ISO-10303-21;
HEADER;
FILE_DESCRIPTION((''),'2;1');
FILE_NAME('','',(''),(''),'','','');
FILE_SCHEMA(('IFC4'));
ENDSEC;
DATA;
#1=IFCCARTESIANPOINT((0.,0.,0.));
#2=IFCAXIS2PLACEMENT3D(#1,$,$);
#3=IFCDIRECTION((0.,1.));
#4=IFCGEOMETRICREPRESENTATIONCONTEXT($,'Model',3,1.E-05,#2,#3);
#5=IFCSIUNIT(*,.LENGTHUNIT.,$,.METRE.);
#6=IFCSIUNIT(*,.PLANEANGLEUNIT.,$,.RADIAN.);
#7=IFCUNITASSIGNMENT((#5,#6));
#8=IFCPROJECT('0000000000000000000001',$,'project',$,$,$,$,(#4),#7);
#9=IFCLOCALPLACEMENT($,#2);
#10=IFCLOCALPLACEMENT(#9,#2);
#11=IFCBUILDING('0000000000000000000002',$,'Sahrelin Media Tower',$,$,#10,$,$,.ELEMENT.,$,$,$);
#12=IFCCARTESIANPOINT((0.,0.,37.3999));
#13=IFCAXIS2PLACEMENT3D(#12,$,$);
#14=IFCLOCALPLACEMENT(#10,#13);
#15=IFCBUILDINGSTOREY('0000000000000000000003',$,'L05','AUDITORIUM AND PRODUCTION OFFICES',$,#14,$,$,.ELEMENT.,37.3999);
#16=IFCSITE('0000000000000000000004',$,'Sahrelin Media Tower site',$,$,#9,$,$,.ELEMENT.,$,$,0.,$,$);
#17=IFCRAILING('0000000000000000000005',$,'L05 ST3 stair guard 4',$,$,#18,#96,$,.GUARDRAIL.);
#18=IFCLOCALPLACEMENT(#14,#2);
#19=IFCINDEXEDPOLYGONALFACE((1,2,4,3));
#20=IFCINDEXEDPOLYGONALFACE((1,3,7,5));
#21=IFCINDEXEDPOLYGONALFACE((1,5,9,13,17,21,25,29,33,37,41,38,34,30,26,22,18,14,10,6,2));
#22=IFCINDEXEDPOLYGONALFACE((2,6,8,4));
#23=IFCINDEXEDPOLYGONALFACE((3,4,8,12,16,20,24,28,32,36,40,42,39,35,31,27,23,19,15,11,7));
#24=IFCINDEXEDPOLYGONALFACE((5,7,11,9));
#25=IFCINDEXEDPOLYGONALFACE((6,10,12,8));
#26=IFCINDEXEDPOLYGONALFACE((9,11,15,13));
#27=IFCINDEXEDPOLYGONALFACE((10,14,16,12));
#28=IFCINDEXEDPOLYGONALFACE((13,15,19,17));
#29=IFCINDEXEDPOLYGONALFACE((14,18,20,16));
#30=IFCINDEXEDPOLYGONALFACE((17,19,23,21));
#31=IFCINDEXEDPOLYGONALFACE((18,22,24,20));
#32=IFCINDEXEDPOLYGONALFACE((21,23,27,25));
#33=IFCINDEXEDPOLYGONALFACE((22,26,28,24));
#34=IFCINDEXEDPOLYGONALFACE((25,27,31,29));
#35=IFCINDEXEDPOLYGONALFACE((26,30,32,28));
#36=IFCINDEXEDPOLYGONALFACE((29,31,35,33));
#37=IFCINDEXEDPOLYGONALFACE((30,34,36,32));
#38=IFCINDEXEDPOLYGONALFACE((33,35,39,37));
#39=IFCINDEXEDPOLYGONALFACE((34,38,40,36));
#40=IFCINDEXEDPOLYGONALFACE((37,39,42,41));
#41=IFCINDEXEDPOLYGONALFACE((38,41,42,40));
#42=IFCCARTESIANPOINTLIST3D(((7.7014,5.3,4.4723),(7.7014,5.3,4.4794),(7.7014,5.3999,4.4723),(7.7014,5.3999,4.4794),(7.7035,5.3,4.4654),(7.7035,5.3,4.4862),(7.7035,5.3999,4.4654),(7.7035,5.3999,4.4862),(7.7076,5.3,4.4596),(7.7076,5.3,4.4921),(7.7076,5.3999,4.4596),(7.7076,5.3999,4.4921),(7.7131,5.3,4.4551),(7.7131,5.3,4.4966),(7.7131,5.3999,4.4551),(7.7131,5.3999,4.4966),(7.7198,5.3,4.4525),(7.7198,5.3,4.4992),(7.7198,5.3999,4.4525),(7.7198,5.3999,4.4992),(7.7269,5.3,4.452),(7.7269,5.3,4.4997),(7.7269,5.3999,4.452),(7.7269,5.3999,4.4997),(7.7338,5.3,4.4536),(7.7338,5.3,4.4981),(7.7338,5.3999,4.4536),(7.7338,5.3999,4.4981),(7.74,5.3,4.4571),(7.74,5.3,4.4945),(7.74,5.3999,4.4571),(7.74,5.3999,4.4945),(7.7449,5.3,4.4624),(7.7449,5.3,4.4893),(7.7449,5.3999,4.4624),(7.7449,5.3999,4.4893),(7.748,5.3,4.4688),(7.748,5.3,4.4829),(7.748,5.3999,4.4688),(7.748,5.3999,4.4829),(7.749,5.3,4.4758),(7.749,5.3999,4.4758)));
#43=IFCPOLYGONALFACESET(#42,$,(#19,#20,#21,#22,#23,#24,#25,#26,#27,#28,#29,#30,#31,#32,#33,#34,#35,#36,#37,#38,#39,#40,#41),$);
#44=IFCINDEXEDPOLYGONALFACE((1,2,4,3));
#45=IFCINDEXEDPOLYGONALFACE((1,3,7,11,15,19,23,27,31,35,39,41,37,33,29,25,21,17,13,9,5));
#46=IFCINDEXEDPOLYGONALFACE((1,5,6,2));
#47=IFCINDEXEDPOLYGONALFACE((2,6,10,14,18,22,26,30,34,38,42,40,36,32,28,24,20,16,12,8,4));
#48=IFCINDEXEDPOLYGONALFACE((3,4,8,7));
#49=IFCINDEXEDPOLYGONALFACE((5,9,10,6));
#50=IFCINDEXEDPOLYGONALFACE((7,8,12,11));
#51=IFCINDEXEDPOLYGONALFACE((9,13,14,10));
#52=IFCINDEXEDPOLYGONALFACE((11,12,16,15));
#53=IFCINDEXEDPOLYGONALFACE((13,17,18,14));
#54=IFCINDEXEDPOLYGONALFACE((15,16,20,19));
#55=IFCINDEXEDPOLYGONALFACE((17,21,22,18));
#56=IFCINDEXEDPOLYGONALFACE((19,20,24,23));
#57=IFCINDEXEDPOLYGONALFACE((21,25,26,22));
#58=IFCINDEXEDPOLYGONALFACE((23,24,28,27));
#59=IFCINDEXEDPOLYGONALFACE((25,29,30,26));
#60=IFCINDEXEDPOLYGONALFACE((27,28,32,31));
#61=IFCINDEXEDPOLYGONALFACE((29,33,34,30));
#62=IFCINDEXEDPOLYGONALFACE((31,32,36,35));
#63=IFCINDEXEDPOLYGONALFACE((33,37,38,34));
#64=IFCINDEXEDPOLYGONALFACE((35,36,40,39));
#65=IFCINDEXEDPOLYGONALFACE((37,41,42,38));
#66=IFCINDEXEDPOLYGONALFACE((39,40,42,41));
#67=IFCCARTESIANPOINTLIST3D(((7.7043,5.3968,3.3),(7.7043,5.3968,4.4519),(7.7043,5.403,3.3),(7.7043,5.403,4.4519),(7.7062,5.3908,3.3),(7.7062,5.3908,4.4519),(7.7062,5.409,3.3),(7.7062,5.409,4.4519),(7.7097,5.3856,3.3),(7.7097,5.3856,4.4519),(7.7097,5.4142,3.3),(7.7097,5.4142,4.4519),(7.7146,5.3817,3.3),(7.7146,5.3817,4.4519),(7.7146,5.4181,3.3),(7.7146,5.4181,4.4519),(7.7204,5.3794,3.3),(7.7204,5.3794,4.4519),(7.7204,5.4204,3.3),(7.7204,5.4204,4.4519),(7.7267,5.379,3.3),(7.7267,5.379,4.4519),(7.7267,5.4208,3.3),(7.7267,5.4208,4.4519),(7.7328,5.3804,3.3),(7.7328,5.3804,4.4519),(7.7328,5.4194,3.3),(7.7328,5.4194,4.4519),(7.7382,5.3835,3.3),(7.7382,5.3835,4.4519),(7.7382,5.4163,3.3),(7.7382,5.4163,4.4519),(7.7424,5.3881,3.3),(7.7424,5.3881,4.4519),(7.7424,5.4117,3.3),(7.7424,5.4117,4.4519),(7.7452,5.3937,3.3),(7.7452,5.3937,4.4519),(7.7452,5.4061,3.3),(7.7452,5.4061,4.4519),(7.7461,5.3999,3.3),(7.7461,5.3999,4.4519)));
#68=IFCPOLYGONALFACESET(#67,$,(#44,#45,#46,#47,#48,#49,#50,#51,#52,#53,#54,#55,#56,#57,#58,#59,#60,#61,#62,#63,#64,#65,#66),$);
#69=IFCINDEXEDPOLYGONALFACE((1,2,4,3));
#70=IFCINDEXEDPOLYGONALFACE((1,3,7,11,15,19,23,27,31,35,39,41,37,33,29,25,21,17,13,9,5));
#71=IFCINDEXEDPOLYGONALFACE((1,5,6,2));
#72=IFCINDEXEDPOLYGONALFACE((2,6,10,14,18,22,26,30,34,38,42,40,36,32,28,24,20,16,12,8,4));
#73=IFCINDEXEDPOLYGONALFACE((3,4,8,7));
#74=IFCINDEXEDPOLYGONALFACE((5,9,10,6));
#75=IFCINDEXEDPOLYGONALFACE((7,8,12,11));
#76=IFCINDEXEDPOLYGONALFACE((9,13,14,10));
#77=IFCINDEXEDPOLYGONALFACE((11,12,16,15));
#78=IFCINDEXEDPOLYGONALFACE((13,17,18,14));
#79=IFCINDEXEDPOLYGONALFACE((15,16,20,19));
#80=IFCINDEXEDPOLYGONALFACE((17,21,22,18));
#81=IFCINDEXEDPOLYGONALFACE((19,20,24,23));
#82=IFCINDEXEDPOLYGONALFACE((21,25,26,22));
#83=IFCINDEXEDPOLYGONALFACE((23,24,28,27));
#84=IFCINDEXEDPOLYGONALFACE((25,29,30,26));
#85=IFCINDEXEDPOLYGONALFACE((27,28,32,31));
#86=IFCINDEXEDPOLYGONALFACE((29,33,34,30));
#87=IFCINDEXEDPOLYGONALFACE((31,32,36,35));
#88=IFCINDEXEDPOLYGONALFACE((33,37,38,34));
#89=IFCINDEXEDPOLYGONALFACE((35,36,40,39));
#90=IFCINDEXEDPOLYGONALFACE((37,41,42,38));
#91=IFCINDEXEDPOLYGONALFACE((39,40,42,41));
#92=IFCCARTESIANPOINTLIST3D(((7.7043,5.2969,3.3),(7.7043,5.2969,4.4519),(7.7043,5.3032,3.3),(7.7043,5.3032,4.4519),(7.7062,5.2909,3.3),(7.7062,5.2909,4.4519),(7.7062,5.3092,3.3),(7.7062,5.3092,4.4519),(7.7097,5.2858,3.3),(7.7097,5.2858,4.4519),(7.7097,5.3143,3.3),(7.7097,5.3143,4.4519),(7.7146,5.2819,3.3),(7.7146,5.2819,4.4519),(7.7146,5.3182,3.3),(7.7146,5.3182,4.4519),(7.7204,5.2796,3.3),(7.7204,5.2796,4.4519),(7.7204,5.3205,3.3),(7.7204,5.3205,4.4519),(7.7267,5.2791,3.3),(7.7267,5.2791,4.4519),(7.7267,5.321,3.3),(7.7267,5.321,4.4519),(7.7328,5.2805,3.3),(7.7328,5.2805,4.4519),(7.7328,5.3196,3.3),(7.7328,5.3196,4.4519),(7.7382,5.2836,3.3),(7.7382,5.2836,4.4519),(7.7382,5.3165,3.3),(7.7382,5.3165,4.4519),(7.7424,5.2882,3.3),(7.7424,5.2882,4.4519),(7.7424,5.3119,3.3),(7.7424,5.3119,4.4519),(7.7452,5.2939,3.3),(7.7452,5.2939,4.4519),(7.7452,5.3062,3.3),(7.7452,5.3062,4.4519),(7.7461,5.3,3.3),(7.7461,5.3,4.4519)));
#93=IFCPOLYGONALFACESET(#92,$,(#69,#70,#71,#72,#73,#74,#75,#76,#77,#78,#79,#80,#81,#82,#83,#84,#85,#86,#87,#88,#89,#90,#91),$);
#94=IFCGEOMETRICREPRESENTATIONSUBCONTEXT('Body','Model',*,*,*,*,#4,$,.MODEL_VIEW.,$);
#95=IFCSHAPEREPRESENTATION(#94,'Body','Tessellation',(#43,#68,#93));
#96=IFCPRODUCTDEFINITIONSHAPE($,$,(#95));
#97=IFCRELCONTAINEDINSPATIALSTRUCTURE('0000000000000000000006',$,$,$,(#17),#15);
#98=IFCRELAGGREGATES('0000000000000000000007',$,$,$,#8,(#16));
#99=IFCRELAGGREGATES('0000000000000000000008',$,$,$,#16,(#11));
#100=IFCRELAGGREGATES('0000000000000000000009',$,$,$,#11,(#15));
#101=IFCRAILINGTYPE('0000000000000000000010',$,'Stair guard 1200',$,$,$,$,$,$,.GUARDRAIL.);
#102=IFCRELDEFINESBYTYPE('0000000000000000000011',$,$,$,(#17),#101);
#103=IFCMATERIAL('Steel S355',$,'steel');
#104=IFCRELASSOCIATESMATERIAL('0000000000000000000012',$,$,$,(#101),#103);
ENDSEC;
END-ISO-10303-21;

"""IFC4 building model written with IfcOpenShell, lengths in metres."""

from ifc_helpers import new_model, si_unit, direction, frame, origin, origin_2d, place, context, subcontext, project, spatial, circle, extrude, material, type_object, element, save


model = new_model("IFC4")

# Units and contexts
model_context = context("Model", 3, precision=1e-05, world=origin(), true_north=direction((0.0, 1.0)))
body_context = subcontext(model_context, "Body", "Model", "MODEL_VIEW")
ifc_project = project(units=[si_unit("LENGTHUNIT", "METRE"), si_unit("PLANEANGLEUNIT", "RADIAN")], contexts=[model_context])

# Site, building, storey
site_placement = place(None, origin())
site = spatial("IfcSite", under=ifc_project, at=site_placement, Name="Sahrelin Media Tower site", CompositionType="ELEMENT", RefElevation=0.0)
building_placement = place(site_placement, origin())
building = spatial("IfcBuilding", under=site, at=building_placement, Name="Sahrelin Media Tower", CompositionType="ELEMENT")
storey_placement = place(building_placement, frame((0.0, 0.0, 37.3999)))
storey = spatial("IfcBuildingStorey", under=building, at=storey_placement, Name="L05", Description="AUDITORIUM AND PRODUCTION OFFICES", CompositionType="ELEMENT", Elevation=37.3999)

# Shared definitions
ifc_material_1 = material(Name="Steel S355", Category="steel")

# Railing
railing_type_1 = type_object("IfcRailingType", Name="Stair guard 1200", PredefinedType="GUARDRAIL", material=ifc_material_1)
railing_1_placement = place(storey_placement, frame((7.7251, 5.3999, 3.3)))
element("IfcRailing", 1, at=railing_1_placement, inside=storey, type_object=railing_type_1, Name="L05 ST3 stair guard 4", PredefinedType="GUARDRAIL", context=body_context, shape_type="SweptSolid", body=[
    extrude(circle(Radius=0.0239, at=origin_2d()), frame((0.0, 0.0, 1.1758), z_axis=(0.0, -1.0, 0.0), x_axis=(1.0, 0.0, 0.0)), (0.0, 0.0, 1.0), 0.0999),
    extrude(circle(Radius=0.021, at=origin_2d()), origin(), (0.0, 0.0, 1.0), 1.1519),
    extrude(circle(Radius=0.021, at=origin_2d()), frame((0.0, -0.0999, 0.0)), (0.0, 0.0, 1.0), 1.1519),
])

save(model, "model.ifc")
